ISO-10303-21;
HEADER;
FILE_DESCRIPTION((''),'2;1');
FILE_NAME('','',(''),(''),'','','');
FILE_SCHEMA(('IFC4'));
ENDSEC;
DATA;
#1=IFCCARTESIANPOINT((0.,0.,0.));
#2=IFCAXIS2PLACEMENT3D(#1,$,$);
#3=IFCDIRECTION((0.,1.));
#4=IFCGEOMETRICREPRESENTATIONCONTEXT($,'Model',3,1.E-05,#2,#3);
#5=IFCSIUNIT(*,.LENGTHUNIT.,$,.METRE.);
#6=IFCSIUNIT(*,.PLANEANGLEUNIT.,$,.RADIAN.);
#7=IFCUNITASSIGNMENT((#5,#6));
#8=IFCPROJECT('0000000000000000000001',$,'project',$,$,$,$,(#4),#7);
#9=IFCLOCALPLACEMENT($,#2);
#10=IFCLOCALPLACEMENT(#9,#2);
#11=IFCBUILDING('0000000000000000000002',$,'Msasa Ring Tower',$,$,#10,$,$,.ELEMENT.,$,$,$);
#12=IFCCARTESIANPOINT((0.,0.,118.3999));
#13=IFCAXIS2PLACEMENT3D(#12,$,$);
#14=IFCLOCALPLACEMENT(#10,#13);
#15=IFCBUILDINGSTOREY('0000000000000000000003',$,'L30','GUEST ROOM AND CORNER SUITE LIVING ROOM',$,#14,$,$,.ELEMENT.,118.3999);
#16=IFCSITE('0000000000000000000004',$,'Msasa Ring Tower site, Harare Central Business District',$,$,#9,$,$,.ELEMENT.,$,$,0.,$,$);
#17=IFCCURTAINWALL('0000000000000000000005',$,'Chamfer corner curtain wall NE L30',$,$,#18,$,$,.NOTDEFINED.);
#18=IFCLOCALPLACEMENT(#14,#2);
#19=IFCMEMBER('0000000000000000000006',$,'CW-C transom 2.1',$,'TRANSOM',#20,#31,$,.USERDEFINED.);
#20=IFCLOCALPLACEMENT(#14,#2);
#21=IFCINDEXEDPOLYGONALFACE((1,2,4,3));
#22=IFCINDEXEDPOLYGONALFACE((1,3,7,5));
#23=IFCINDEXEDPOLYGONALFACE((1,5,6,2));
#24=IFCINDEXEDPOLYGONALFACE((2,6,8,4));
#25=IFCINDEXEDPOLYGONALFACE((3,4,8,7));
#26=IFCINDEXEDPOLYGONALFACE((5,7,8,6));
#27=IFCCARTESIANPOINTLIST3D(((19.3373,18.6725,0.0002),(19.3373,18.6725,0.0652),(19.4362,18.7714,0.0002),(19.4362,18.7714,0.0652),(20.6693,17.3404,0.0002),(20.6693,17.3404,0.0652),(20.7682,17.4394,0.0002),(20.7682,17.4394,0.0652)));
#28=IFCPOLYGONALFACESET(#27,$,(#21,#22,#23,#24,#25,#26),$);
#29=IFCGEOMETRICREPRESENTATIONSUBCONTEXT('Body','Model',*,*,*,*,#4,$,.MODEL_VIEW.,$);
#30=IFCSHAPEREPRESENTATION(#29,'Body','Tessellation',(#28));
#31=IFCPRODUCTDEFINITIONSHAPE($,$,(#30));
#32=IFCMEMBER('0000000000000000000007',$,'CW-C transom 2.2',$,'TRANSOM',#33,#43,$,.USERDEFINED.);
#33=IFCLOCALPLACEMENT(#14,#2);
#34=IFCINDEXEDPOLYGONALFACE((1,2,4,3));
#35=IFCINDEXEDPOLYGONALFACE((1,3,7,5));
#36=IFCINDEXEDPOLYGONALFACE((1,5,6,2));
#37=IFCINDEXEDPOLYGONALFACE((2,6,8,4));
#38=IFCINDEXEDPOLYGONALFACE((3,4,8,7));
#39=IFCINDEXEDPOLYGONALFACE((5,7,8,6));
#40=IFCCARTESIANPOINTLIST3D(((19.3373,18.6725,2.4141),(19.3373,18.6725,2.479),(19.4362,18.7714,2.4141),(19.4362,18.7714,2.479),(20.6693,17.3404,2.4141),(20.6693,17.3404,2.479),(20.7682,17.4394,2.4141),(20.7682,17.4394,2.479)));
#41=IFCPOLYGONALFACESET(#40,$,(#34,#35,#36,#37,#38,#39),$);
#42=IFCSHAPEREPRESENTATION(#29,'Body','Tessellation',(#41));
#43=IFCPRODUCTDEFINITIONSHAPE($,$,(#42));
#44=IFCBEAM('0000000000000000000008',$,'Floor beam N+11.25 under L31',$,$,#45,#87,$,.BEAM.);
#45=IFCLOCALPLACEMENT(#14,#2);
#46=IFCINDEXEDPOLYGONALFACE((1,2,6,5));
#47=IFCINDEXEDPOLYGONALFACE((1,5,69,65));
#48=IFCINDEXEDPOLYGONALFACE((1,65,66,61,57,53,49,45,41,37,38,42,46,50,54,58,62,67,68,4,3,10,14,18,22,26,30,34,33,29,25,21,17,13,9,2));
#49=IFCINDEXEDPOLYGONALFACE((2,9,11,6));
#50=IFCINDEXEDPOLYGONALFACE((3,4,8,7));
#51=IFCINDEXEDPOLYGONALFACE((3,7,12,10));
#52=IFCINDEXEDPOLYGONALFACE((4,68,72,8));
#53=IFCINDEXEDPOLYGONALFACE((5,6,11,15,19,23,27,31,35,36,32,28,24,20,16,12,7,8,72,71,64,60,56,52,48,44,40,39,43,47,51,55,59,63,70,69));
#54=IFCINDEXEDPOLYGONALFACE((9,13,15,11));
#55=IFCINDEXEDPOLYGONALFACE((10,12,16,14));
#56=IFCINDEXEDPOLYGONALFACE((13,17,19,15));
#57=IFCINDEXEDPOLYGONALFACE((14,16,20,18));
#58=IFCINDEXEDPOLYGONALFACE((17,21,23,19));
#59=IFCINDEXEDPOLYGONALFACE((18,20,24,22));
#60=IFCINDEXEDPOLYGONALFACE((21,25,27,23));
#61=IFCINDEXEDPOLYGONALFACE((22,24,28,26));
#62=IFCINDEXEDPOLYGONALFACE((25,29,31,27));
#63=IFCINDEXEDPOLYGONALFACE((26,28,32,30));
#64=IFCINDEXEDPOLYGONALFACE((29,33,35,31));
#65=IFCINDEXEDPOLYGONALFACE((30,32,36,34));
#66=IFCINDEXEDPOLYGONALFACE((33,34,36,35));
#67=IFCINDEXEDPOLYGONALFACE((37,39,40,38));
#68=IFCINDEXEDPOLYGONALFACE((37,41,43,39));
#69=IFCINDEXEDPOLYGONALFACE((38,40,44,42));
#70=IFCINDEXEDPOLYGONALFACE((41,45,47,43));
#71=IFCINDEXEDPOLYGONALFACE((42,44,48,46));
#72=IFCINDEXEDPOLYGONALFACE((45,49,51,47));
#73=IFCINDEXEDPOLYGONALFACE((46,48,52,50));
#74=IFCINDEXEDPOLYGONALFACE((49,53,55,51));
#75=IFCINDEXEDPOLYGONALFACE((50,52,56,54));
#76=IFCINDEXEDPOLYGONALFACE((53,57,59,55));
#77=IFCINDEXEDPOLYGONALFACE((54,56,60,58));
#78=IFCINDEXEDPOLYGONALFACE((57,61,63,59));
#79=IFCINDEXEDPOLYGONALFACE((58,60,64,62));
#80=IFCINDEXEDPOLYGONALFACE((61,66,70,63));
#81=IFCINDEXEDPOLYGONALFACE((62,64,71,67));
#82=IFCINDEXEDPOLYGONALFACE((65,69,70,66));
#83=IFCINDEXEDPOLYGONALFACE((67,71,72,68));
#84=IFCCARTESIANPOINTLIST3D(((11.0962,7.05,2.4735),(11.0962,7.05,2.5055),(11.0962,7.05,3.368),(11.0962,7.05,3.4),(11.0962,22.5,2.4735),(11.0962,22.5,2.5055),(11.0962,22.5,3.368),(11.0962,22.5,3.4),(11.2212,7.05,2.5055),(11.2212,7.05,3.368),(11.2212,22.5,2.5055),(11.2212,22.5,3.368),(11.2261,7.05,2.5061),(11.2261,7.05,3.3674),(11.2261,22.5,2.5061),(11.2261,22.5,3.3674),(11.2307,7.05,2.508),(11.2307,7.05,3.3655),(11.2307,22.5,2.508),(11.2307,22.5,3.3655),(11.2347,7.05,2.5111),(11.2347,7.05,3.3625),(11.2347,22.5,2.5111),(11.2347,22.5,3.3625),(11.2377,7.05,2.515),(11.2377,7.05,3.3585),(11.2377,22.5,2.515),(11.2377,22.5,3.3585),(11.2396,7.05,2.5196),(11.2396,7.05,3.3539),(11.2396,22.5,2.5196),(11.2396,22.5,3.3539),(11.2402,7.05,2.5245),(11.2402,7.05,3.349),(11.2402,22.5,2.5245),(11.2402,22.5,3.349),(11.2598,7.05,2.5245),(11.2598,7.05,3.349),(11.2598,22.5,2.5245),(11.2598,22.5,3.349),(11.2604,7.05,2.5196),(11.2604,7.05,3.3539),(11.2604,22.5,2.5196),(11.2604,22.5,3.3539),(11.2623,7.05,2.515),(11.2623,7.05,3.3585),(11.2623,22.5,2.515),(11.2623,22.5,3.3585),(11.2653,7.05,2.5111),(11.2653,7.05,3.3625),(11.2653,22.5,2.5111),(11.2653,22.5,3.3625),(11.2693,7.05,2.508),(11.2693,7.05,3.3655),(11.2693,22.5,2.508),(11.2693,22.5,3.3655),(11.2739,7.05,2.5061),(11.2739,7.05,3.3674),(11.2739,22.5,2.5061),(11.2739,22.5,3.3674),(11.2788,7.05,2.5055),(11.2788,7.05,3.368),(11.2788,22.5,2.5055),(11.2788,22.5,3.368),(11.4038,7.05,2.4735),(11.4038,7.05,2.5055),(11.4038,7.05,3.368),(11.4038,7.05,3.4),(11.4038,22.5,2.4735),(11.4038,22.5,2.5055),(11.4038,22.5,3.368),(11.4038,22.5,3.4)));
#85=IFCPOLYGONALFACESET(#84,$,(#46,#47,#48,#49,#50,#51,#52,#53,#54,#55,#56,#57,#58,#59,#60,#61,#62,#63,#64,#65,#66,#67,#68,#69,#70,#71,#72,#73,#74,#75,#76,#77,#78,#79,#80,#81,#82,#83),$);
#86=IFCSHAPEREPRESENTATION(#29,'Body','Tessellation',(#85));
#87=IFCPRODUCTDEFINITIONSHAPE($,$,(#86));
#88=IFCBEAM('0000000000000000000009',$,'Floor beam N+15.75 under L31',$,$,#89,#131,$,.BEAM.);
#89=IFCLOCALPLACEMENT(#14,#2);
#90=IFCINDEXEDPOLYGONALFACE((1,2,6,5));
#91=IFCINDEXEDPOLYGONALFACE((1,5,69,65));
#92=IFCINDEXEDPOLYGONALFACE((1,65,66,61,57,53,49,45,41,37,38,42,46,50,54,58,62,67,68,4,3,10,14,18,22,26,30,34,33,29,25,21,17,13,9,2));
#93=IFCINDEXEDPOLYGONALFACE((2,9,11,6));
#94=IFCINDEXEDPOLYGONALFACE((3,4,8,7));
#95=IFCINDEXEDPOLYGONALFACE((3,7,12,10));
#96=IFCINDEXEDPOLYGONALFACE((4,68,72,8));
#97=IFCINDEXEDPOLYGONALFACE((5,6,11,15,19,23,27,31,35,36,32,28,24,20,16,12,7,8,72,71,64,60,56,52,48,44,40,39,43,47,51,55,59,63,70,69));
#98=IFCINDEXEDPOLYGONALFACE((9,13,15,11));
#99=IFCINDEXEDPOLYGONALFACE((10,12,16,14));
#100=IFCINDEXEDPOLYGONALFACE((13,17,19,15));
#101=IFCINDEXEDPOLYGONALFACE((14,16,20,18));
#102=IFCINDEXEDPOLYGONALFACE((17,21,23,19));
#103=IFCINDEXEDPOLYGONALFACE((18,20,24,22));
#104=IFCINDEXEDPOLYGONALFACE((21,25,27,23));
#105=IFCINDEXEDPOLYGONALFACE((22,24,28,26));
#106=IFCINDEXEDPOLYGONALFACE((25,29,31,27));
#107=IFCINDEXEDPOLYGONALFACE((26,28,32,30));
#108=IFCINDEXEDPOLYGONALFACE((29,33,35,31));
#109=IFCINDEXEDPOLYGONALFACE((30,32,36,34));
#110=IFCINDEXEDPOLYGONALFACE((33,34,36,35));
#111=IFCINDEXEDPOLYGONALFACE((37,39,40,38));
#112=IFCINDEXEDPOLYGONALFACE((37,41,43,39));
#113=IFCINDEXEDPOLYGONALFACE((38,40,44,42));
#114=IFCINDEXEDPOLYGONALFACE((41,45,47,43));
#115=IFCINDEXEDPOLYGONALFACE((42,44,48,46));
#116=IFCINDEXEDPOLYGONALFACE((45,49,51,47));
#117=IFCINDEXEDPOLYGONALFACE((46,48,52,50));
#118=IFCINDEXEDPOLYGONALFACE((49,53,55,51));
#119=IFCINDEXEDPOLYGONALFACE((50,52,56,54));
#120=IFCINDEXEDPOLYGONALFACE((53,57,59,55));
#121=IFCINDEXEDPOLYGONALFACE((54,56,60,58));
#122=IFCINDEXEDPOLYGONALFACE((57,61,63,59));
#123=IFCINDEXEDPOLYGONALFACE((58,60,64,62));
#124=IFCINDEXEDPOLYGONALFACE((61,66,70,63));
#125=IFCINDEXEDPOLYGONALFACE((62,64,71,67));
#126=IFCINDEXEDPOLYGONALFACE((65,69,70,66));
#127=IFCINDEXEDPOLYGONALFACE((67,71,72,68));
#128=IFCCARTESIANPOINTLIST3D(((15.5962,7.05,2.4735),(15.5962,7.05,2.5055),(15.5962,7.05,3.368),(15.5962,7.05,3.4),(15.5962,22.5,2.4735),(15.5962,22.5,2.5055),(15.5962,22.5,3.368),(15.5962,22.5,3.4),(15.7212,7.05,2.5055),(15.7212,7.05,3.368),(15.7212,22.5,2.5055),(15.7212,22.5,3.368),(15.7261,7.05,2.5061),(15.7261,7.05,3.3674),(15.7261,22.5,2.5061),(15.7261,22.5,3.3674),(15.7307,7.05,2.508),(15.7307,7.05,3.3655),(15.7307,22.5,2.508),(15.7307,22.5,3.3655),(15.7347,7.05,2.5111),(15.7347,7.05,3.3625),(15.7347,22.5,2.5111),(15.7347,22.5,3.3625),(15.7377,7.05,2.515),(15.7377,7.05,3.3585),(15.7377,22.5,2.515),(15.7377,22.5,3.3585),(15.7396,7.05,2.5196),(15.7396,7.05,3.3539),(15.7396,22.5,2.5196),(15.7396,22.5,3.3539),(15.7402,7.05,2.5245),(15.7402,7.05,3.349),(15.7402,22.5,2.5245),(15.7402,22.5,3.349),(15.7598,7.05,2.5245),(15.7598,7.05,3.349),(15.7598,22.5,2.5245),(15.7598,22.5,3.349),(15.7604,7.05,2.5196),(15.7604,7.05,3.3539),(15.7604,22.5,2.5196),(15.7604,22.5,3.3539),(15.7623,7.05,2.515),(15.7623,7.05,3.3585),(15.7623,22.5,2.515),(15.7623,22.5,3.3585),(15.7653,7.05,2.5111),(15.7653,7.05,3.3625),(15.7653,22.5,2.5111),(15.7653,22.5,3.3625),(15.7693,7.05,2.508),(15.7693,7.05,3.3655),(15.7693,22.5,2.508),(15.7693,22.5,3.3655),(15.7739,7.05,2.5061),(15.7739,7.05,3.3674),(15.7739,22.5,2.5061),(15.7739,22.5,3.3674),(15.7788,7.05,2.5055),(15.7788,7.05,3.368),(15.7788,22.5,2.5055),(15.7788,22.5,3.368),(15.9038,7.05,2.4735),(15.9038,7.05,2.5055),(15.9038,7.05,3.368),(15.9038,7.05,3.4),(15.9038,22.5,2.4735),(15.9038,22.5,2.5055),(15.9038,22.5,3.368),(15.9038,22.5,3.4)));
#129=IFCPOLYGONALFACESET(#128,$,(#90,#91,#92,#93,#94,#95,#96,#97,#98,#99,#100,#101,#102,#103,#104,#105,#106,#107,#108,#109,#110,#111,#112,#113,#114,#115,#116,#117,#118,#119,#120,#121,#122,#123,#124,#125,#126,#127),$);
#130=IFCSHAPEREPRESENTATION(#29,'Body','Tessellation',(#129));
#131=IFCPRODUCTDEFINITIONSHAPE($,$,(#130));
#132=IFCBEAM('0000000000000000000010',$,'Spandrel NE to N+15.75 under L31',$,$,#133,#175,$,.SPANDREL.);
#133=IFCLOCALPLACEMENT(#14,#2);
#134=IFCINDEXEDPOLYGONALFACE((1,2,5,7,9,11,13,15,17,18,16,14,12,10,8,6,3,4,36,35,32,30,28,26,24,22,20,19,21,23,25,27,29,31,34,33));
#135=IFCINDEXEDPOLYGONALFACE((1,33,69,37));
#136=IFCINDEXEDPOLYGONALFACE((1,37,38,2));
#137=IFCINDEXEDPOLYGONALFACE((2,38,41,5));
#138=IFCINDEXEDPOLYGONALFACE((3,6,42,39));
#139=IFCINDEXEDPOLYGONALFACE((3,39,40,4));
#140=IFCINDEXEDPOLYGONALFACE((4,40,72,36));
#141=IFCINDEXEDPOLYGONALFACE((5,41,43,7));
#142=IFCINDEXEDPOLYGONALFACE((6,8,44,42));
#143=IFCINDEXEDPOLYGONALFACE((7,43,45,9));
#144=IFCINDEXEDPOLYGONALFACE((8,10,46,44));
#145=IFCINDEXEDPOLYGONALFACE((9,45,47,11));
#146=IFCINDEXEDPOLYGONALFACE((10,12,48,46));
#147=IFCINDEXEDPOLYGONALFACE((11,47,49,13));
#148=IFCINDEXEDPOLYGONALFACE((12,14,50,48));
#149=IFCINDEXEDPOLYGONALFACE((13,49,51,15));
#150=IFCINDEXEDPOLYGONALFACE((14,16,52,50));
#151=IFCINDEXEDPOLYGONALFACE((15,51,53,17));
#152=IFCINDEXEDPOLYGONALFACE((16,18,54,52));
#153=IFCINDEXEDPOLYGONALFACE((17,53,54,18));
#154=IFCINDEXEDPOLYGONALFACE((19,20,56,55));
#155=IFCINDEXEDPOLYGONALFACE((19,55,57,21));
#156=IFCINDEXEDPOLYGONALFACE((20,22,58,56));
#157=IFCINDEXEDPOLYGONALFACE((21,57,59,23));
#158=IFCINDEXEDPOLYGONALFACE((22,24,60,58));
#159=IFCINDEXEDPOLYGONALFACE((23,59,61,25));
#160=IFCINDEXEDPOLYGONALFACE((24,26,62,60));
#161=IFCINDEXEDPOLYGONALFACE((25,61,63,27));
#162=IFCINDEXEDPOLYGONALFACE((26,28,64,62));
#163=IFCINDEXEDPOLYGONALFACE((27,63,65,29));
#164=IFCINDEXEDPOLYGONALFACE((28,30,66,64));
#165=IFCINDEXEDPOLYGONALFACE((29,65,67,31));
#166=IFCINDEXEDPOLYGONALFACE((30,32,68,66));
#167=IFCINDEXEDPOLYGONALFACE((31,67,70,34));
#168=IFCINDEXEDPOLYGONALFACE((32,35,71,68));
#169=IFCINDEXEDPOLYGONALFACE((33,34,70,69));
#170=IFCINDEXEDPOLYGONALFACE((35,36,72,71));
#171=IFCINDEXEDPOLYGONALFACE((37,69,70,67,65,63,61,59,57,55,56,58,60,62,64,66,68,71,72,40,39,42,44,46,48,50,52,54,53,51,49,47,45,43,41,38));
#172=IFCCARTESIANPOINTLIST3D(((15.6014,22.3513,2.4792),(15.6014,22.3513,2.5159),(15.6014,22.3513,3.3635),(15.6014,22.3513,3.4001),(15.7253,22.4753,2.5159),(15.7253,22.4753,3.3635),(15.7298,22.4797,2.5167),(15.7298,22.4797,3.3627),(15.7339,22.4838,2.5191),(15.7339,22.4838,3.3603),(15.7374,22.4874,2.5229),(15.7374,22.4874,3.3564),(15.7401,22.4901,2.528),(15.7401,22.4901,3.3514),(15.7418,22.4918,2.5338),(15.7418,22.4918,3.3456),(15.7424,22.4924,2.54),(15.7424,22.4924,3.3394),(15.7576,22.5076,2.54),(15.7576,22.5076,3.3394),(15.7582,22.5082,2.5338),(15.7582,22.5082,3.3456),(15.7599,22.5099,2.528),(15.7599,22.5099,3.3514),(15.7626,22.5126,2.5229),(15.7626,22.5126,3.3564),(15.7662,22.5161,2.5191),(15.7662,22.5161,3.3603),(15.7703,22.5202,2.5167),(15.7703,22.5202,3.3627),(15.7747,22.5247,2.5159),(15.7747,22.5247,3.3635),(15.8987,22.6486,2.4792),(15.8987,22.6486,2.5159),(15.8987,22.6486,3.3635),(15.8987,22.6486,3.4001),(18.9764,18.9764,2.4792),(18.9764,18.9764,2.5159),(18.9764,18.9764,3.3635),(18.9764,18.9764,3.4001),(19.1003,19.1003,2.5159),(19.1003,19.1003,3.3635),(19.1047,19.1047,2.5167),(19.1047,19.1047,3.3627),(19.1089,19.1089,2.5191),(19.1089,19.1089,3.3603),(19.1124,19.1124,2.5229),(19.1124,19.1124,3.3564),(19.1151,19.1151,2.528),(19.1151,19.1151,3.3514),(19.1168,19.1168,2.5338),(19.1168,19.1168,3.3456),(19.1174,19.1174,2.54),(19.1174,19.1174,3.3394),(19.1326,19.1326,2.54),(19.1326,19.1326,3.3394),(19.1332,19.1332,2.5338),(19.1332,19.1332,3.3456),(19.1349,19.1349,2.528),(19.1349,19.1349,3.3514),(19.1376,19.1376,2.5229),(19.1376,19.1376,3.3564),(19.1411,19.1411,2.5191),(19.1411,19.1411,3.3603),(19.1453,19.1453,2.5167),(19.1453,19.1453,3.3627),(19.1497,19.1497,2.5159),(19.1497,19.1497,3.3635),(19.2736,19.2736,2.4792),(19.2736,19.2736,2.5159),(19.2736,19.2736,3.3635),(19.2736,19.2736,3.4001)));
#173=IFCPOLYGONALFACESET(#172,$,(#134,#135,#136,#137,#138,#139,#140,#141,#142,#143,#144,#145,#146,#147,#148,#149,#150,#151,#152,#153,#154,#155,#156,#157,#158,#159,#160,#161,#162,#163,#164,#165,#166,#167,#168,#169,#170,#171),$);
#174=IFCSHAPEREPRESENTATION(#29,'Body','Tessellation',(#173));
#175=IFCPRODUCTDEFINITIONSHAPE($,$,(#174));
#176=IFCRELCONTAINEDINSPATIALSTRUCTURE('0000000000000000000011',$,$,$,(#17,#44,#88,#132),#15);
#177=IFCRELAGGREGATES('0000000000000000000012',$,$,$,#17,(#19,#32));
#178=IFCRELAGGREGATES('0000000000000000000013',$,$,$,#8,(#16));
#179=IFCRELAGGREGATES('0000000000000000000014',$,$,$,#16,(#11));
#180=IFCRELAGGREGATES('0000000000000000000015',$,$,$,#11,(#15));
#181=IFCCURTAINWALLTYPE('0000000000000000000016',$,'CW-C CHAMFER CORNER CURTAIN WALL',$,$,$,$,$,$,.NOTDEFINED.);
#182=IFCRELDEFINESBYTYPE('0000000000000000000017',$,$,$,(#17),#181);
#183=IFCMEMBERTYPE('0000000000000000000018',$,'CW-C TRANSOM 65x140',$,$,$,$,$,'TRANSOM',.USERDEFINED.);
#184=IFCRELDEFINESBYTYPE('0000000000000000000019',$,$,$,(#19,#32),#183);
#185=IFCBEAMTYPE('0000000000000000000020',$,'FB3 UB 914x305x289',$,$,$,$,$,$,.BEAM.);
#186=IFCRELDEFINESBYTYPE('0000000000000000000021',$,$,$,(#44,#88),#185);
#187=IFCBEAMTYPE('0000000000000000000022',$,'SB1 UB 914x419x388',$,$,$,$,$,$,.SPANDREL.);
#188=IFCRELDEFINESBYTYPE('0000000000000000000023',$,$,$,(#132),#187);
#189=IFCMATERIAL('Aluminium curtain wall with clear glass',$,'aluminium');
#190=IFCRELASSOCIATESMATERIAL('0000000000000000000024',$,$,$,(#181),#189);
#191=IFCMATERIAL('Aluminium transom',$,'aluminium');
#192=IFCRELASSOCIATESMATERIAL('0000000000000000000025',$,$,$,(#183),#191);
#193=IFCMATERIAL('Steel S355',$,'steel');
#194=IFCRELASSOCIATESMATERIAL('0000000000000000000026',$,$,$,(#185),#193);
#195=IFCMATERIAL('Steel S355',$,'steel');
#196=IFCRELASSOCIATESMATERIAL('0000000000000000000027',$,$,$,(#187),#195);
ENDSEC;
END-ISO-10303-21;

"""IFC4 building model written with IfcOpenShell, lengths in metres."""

from ifc_helpers import new_model, si_unit, direction, frame, origin, origin_2d, place, context, subcontext, project, spatial, rectangle, i_section, extrude, material, material_profile, profile_set, type_object, element, aggregate, save


model = new_model("IFC4")

# Units and contexts
model_context = context("Model", 3, precision=1e-05, world=origin(), true_north=direction((0.0, 1.0)))
body_context = subcontext(model_context, "Body", "Model", "MODEL_VIEW")
ifc_project = project(units=[si_unit("LENGTHUNIT", "METRE"), si_unit("PLANEANGLEUNIT", "RADIAN")], contexts=[model_context])

# Site, building, storey
site_placement = place(None, origin())
site = spatial("IfcSite", under=ifc_project, at=site_placement, Name="Msasa Ring Tower site, Harare Central Business District", CompositionType="ELEMENT", RefElevation=0.0)
building_placement = place(site_placement, origin())
building = spatial("IfcBuilding", under=site, at=building_placement, Name="Msasa Ring Tower", CompositionType="ELEMENT")
storey_placement = place(building_placement, frame((0.0, 0.0, 118.3999)))
storey = spatial("IfcBuildingStorey", under=building, at=storey_placement, Name="L30", Description="GUEST ROOM AND CORNER SUITE LIVING ROOM", CompositionType="ELEMENT", Elevation=118.3999)

# Curtain wall
ifc_material_1 = material(Name="Aluminium curtain wall with clear glass", Category="aluminium")
curtain_wall_type = type_object("IfcCurtainWallType", Name="CW-C CHAMFER CORNER CURTAIN WALL", PredefinedType="NOTDEFINED", material=ifc_material_1)
curtain_wall_1_placement = place(storey_placement, origin())
curtain_wall_1 = element("IfcCurtainWall", 1, at=curtain_wall_1_placement, inside=storey, type_object=curtain_wall_type, Name="Chamfer corner curtain wall NE L30", PredefinedType="NOTDEFINED")

# Members
ifc_material_2 = material(Name="Aluminium transom", Category="aluminium")
ifc_material_profile_1 = material_profile(ifc_material_2, rectangle(XDim=0.1399, YDim=0.0649, at=origin_2d()), Name="AL 65x140")
ifc_profile_set_1 = profile_set([ifc_material_profile_1], Name="Aluminium transom")
member_type_1 = type_object("IfcMemberType", Name="CW-C TRANSOM 65x140", ElementType="TRANSOM", PredefinedType="USERDEFINED", material=ifc_profile_set_1)
member_1_placement = place(storey_placement, frame((20.7188, 17.3899, 0.0327), z_axis=(-0.707107, 0.707107, 0.0), x_axis=(-0.707107, -0.707107, 0.0)))
member_1 = element("IfcMember", 2, at=member_1_placement, type_object=member_type_1, Name="CW-C transom 2.1", ObjectType="TRANSOM", PredefinedType="USERDEFINED", context=body_context, shape_type="SweptSolid", body=[
    extrude(rectangle(XDim=0.1399, YDim=0.0649, at=origin_2d()), origin(), (0.0, 0.0, 1.0), 1.8838),
])
member_2_placement = place(storey_placement, frame((20.7188, 17.3899, 2.4465), z_axis=(-0.707107, 0.707107, 0.0), x_axis=(-0.707107, -0.707107, 0.0)))
member_2 = element("IfcMember", 3, at=member_2_placement, type_object=member_type_1, Name="CW-C transom 2.2", ObjectType="TRANSOM", PredefinedType="USERDEFINED", context=body_context, shape_type="SweptSolid", body=[
    extrude(rectangle(XDim=0.1399, YDim=0.0649, at=origin_2d()), origin(), (0.0, 0.0, 1.0), 1.8838),
])

# Beams
ifc_material_3 = material(Name="Steel S355", Category="steel")
ifc_material_profile_2 = material_profile(ifc_material_3, i_section(OverallWidth=0.3076, OverallDepth=0.9265, WebThickness=0.0195, FlangeThickness=0.032, FilletRadius=0.019, at=origin_2d()), Name="UB 914x305x289")
ifc_profile_set_2 = profile_set([ifc_material_profile_2], Name="Steel S355")
beam_type_1 = type_object("IfcBeamType", Name="FB3 UB 914x305x289", PredefinedType="BEAM", material=ifc_profile_set_2)
for number, where, z_axis, x_axis, name in (
    (4, (11.25, 22.5, 2.9368), (0.0, -1.0, 0.0), (1.0, 0.0, 0.0), "Floor beam N+11.25 under L31"),
    (5, (15.75, 22.5, 2.9368), (0.0, -1.0, 0.0), (1.0, 0.0, 0.0), "Floor beam N+15.75 under L31"),
):
    element("IfcBeam", number, at=place(storey_placement, frame(where, z_axis=z_axis, x_axis=x_axis)), inside=storey, type_object=beam_type_1, Name=name, PredefinedType="BEAM", context=body_context, shape_type="SweptSolid", body=[
        extrude(i_section(OverallWidth=0.3076, OverallDepth=0.9265, WebThickness=0.0195, FlangeThickness=0.032, FilletRadius=0.019, at=origin_2d()), origin(), (0.0, 0.0, 1.0), 15.45),
    ])
ifc_material_4 = material(Name="Steel S355", Category="steel")
ifc_material_profile_3 = material_profile(ifc_material_4, i_section(OverallWidth=0.4204, OverallDepth=0.9209, WebThickness=0.0215, FlangeThickness=0.0366, FilletRadius=0.0242, at=origin_2d()), Name="UB 914x419x388")
ifc_profile_set_3 = profile_set([ifc_material_profile_3], Name="Steel S355")
beam_type_2 = type_object("IfcBeamType", Name="SB1 UB 914x419x388", PredefinedType="SPANDREL", material=ifc_profile_set_3)
beam_placement = place(storey_placement, frame((19.125, 19.125, 2.9397), z_axis=(-0.707107, 0.707107, 0.0), x_axis=(-0.707107, -0.707107, 0.0)))
element("IfcBeam", 6, at=beam_placement, inside=storey, type_object=beam_type_2, Name="Spandrel NE to N+15.75 under L31", PredefinedType="SPANDREL", context=body_context, shape_type="SweptSolid", body=[
    extrude(i_section(OverallWidth=0.4204, OverallDepth=0.9209, WebThickness=0.0215, FlangeThickness=0.0366, FilletRadius=0.0242, at=origin_2d()), origin(), (0.0, 0.0, 1.0), 4.7729),
])

aggregate(curtain_wall_1, [member_1, member_2])

save(model, "model.ifc")
